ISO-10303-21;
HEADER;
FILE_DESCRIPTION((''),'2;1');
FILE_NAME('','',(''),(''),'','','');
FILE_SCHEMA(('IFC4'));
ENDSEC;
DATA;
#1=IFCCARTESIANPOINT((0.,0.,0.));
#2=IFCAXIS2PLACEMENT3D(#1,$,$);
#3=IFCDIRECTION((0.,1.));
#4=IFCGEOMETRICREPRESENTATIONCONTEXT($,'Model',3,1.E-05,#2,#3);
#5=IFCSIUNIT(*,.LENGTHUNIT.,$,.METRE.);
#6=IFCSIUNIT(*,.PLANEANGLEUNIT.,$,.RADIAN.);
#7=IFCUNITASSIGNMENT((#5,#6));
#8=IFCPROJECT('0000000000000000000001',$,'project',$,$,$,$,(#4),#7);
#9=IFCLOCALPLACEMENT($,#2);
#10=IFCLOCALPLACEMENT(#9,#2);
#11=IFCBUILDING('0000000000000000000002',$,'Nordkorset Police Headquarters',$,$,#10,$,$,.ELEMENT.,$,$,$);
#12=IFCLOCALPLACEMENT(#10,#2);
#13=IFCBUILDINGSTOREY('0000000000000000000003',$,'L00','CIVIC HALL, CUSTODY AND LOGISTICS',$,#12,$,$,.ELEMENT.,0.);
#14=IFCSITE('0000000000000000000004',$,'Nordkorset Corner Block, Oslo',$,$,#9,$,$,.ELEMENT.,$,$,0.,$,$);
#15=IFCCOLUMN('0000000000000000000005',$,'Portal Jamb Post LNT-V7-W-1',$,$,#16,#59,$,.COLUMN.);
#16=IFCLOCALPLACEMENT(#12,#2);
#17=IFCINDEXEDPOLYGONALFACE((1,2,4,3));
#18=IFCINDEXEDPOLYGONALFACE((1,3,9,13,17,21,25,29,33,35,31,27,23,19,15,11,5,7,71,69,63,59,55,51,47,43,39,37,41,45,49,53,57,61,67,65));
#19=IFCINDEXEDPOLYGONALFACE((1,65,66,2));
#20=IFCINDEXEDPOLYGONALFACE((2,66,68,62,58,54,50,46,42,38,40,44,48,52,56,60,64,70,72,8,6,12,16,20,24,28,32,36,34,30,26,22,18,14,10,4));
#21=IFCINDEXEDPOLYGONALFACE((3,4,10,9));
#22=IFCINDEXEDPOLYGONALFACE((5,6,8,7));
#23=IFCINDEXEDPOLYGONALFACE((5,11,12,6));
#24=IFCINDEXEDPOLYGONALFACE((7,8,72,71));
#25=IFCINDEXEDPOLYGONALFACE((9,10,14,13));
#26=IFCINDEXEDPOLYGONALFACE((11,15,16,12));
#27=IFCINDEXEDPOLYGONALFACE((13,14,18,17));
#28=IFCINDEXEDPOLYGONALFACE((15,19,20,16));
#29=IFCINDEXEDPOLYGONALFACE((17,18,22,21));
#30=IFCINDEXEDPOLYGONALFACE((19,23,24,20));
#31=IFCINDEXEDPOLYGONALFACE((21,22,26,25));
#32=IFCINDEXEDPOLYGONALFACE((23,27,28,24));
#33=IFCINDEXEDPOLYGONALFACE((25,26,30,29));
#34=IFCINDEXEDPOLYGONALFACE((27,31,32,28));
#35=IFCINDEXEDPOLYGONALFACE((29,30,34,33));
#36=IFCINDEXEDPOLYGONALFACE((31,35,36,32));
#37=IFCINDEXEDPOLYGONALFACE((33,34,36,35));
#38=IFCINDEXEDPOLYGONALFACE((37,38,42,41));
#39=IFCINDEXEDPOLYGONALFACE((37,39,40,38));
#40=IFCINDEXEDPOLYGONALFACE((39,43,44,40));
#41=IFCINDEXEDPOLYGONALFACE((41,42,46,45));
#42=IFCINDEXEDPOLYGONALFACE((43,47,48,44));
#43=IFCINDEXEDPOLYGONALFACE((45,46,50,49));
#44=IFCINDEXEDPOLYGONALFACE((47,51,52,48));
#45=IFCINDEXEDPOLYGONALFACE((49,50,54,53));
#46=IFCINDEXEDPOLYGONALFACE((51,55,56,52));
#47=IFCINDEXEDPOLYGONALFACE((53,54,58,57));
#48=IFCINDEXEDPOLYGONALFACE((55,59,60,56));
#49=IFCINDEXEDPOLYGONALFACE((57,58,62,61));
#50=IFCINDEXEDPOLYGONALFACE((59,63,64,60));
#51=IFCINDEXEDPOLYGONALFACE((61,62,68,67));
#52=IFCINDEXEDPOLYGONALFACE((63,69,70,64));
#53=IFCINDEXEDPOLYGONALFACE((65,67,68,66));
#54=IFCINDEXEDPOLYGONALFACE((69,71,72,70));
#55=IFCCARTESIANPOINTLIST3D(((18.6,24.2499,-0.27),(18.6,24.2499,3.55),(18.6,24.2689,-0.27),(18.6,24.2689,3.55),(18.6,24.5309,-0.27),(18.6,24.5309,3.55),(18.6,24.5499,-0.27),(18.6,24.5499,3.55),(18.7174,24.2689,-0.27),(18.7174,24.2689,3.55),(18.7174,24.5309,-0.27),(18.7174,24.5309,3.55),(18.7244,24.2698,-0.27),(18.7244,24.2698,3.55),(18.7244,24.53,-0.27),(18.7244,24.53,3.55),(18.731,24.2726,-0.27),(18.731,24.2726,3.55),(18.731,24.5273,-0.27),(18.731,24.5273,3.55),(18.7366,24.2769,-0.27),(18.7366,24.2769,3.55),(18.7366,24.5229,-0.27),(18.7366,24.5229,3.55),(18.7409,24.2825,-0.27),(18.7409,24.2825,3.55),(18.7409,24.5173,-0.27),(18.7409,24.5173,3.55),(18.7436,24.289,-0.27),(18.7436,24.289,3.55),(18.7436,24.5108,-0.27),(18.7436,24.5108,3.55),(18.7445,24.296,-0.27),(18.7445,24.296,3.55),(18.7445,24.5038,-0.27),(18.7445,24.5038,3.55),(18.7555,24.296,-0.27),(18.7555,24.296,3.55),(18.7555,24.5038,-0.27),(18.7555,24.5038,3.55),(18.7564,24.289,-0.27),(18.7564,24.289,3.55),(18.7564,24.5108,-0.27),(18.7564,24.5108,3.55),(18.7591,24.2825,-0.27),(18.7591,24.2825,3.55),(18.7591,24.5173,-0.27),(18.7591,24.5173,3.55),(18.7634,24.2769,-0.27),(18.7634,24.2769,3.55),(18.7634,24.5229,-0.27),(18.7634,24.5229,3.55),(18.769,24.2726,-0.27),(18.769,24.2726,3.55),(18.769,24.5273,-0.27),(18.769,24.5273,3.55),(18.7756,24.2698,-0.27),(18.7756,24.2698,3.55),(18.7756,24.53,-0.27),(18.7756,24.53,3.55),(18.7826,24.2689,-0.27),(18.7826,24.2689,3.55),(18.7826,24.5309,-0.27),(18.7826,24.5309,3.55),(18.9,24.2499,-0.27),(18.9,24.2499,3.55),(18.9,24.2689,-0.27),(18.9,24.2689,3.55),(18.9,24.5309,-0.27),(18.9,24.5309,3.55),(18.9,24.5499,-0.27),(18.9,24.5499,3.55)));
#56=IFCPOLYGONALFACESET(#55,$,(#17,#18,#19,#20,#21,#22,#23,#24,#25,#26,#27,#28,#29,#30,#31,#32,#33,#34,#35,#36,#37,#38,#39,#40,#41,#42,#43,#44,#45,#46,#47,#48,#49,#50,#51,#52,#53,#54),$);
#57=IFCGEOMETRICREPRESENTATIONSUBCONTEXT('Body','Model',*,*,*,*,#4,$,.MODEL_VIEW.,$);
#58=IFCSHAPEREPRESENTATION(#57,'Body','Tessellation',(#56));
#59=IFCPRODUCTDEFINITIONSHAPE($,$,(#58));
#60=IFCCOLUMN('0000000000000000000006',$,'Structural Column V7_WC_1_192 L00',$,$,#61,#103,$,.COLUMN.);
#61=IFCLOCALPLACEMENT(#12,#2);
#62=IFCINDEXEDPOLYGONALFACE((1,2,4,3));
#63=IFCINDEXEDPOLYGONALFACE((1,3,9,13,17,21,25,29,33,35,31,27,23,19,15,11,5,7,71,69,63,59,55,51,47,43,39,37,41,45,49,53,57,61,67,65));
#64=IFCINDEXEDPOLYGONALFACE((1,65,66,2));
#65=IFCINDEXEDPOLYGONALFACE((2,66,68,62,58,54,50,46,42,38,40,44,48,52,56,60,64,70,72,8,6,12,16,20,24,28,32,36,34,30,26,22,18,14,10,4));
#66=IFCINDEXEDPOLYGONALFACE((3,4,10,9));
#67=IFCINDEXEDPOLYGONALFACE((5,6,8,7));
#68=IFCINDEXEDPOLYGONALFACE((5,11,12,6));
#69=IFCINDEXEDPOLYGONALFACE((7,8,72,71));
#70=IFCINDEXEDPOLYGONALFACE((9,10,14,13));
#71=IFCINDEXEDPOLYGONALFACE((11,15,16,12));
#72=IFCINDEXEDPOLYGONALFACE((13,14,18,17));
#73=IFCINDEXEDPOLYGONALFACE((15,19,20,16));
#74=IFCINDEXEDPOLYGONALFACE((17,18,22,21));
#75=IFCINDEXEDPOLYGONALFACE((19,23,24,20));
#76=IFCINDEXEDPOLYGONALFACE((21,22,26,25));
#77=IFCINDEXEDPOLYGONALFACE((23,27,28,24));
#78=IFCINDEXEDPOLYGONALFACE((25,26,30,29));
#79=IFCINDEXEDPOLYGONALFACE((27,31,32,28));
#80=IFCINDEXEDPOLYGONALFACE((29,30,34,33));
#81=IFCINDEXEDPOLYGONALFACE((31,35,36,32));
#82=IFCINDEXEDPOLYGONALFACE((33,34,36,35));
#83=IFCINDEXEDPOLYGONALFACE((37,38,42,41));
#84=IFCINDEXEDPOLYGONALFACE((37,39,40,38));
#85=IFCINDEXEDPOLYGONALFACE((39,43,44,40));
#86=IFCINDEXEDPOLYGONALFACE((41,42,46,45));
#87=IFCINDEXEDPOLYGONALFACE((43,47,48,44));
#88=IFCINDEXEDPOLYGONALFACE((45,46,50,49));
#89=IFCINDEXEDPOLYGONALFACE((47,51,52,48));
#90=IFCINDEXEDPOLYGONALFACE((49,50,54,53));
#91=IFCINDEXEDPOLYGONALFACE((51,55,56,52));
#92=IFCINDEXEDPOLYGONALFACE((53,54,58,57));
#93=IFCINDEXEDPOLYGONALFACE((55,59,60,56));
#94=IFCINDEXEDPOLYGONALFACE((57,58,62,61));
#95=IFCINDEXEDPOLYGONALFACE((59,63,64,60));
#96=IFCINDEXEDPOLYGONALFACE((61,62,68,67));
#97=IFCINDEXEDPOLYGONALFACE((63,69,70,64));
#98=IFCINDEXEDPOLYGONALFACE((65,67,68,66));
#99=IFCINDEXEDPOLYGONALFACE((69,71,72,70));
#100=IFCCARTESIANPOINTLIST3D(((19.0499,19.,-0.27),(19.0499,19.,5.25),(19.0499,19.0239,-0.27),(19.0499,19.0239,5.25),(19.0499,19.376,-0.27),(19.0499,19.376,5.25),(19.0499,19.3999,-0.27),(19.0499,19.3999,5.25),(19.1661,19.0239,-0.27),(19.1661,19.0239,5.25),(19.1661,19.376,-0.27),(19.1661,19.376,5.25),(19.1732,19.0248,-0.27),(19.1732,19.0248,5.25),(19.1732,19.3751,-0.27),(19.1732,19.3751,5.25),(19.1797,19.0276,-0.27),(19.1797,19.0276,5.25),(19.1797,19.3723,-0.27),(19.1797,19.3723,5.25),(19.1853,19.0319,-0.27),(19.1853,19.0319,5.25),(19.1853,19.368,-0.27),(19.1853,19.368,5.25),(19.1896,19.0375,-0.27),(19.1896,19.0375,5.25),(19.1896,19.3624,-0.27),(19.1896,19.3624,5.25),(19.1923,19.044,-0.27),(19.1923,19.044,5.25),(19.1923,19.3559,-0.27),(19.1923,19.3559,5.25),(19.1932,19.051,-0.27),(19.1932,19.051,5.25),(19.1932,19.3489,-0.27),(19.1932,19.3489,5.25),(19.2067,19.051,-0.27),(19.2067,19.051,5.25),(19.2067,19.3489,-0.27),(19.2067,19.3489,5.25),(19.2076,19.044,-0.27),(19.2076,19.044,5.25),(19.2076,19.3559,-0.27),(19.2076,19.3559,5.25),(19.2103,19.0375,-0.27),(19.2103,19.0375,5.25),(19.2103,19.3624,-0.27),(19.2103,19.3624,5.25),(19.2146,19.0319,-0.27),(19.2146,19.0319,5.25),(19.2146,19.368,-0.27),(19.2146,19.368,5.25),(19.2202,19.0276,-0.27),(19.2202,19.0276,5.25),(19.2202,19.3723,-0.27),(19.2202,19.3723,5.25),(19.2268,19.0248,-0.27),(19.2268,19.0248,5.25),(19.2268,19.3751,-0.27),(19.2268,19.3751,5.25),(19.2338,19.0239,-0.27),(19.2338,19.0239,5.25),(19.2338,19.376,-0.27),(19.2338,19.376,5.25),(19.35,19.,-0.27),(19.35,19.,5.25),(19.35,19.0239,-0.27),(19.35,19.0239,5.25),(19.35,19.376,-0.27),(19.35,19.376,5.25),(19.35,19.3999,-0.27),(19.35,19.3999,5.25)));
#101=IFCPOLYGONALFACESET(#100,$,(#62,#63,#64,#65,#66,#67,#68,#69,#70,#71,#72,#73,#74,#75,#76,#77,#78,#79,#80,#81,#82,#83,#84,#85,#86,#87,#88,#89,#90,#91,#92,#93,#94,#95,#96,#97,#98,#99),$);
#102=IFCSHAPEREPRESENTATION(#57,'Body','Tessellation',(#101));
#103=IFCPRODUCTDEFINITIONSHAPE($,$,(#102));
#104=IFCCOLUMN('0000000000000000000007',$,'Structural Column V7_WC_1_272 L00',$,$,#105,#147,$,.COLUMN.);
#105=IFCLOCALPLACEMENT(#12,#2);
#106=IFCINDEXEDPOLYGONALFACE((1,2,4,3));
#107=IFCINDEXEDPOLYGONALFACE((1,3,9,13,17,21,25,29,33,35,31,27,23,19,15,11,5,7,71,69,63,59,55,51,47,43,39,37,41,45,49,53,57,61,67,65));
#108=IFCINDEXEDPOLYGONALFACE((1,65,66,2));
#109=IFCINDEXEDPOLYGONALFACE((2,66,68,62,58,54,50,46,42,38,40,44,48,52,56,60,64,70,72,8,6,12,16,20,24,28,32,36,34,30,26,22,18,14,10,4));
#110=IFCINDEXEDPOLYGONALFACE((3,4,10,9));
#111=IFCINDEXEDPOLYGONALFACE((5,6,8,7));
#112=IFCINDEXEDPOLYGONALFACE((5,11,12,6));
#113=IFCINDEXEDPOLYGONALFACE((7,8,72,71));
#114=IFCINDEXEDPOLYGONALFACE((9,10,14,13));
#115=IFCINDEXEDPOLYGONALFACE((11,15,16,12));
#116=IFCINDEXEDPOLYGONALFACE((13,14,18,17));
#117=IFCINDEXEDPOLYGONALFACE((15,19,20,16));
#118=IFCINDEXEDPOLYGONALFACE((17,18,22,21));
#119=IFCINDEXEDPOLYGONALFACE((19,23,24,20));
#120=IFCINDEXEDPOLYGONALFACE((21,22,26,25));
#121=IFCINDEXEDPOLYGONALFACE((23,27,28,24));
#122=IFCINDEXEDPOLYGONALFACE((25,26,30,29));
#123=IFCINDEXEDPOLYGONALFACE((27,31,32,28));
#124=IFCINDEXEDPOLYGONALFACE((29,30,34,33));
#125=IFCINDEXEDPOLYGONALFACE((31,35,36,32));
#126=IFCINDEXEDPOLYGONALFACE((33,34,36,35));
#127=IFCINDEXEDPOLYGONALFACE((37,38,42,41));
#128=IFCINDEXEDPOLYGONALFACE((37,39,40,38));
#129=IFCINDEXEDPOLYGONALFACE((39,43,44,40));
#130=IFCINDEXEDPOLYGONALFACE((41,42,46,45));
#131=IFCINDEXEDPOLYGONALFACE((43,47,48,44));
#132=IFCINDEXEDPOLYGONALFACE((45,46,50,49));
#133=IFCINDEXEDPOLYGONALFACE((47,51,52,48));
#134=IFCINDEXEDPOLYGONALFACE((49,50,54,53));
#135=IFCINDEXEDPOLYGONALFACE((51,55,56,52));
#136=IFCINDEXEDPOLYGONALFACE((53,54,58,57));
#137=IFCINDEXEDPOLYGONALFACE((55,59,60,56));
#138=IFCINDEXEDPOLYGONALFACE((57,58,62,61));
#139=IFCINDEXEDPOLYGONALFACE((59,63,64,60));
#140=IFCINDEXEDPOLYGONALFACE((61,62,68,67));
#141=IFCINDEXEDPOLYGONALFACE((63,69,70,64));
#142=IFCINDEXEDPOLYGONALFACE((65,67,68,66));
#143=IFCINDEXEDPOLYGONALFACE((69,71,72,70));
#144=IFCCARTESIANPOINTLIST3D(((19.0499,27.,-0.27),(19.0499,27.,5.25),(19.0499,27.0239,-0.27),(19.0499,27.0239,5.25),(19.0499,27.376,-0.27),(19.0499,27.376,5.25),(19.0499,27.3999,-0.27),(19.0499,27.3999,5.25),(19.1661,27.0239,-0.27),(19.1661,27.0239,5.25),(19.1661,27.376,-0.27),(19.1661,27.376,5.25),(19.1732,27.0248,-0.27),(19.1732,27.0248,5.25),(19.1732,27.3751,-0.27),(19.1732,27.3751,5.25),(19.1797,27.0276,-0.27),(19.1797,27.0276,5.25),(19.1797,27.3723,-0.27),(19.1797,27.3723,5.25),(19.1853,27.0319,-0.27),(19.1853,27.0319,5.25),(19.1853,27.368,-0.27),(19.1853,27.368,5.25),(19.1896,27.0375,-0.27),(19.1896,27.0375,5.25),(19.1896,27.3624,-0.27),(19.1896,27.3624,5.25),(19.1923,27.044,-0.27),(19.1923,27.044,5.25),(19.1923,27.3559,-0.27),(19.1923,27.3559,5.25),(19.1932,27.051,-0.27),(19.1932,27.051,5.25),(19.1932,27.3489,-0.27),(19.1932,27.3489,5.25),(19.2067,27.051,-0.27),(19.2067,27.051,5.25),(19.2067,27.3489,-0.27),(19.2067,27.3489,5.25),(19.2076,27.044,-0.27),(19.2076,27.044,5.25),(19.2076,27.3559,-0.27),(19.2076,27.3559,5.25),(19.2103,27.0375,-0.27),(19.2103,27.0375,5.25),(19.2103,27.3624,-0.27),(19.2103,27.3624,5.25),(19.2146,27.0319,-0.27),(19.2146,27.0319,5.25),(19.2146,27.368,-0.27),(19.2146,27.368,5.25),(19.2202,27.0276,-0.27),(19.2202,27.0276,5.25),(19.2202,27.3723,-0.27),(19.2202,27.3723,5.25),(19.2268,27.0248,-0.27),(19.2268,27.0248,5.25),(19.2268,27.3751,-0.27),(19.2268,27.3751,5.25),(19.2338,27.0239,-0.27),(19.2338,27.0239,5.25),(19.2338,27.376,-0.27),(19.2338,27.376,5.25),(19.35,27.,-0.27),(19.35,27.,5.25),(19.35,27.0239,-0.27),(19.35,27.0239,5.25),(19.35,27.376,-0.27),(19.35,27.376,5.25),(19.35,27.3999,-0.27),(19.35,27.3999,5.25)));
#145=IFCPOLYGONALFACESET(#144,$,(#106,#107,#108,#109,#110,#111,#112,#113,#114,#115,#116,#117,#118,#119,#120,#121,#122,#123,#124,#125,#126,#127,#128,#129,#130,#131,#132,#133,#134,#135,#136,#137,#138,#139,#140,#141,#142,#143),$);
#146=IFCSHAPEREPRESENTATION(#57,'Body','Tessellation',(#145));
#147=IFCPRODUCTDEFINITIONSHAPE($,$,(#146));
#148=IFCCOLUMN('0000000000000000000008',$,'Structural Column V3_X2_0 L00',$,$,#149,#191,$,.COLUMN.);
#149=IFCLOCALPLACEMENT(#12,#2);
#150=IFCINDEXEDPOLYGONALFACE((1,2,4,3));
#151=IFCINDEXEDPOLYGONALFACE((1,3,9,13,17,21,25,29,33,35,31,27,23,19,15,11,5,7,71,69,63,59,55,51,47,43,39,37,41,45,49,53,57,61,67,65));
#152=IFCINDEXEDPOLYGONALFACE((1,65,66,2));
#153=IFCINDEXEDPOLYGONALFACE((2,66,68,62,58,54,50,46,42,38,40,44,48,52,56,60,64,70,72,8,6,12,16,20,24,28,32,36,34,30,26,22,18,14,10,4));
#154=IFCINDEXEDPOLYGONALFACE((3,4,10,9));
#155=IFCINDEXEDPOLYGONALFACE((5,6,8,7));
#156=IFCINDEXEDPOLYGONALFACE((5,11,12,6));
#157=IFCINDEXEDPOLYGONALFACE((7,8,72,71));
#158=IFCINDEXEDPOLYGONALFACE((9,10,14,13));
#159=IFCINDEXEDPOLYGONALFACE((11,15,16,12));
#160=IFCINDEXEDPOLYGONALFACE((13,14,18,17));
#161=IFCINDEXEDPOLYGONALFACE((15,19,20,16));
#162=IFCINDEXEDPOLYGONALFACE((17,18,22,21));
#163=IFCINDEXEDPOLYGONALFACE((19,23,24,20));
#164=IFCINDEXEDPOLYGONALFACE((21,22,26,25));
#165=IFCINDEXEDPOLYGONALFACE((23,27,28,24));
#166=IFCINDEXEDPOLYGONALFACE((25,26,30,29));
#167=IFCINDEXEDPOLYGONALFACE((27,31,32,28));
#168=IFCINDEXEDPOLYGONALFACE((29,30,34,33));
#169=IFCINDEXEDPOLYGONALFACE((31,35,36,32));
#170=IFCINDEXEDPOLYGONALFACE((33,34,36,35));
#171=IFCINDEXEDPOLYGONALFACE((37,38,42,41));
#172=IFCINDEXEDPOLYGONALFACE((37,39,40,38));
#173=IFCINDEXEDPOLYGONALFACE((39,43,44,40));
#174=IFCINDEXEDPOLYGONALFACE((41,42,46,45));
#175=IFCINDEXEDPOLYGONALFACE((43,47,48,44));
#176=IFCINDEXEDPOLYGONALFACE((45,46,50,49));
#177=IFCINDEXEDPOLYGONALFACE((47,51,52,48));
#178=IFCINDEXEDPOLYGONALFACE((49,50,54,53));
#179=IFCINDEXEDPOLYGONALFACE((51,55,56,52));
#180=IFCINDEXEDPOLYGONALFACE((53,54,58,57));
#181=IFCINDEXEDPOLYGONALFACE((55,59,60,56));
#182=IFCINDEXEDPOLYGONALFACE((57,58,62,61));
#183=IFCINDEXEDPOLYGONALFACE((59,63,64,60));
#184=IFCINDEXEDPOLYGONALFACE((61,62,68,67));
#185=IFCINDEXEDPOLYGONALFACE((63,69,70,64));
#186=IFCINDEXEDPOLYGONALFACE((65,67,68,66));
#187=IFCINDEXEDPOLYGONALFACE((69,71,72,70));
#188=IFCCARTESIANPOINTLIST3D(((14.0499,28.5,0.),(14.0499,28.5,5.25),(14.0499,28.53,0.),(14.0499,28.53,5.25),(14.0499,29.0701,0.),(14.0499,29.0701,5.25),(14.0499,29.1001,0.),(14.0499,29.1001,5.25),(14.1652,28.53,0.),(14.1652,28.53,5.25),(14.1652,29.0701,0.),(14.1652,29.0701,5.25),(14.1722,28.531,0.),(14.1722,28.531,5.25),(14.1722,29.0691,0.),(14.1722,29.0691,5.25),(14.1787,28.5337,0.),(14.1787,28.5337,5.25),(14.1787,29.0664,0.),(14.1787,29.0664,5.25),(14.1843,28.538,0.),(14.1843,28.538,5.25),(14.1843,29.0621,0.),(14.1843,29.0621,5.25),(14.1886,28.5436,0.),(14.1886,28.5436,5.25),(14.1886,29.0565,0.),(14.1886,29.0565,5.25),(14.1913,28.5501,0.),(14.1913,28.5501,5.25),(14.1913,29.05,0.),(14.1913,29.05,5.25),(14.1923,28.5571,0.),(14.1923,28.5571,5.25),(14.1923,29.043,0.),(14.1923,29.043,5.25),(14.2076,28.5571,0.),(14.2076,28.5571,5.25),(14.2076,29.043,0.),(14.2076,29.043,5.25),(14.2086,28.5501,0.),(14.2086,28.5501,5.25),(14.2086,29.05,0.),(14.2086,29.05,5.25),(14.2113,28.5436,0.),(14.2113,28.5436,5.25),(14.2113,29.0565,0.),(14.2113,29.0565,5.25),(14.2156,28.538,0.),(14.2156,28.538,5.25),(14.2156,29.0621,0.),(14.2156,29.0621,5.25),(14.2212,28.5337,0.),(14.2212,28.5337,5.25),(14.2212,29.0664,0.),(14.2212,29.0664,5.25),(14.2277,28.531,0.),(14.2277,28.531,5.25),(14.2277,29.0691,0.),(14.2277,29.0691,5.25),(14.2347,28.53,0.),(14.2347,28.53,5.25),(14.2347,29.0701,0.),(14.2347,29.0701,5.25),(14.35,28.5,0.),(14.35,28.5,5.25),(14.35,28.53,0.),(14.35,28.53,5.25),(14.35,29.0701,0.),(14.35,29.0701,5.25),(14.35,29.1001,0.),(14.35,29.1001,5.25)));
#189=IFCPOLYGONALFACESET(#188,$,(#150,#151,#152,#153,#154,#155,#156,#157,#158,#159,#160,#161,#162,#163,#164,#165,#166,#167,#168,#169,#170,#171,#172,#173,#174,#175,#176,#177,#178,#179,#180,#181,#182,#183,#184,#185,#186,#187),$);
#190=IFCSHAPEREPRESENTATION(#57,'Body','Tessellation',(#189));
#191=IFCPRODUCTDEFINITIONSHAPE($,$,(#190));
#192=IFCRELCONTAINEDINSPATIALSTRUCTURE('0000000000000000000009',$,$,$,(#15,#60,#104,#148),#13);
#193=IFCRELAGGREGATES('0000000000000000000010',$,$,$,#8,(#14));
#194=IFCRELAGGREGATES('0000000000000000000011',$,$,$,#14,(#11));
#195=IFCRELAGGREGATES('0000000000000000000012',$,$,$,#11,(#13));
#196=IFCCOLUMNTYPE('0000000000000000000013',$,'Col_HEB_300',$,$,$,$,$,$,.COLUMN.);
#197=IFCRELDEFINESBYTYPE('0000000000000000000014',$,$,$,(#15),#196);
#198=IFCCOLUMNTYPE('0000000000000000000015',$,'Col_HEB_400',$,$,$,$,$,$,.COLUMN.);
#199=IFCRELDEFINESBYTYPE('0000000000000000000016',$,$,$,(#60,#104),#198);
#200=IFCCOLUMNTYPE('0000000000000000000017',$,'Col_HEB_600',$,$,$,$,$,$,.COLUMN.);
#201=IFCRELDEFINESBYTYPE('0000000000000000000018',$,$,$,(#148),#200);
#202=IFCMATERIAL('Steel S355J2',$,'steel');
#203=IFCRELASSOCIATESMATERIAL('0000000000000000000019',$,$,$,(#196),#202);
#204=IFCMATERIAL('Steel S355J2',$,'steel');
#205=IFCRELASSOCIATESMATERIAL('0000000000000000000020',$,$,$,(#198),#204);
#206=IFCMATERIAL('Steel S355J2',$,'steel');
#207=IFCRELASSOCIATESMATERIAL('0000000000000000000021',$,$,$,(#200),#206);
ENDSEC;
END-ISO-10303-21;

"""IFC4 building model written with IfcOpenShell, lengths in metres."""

from ifc_helpers import new_model, si_unit, direction, frame, origin, origin_2d, place, context, subcontext, project, spatial, i_section, extrude, material, material_profile, profile_set, type_object, element, save


model = new_model("IFC4")

# Units and contexts
model_context = context("Model", 3, precision=1e-05, world=origin(), true_north=direction((0.0, 1.0)))
body_context = subcontext(model_context, "Body", "Model", "MODEL_VIEW")
ifc_project = project(units=[si_unit("LENGTHUNIT", "METRE"), si_unit("PLANEANGLEUNIT", "RADIAN")], contexts=[model_context])

# Site, building, storey
site_placement = place(None, origin())
site = spatial("IfcSite", under=ifc_project, at=site_placement, Name="Nordkorset Corner Block, Oslo", CompositionType="ELEMENT", RefElevation=0.0)
building_placement = place(site_placement, origin())
building = spatial("IfcBuilding", under=site, at=building_placement, Name="Nordkorset Police Headquarters", CompositionType="ELEMENT")
storey_placement = place(building_placement, origin())
storey = spatial("IfcBuildingStorey", under=building, at=storey_placement, Name="L00", Description="CIVIC HALL, CUSTODY AND LOGISTICS", CompositionType="ELEMENT", Elevation=0.0)

# Columns
ifc_material_1 = material(Name="Steel S355J2", Category="steel")
ifc_material_profile_1 = material_profile(ifc_material_1, i_section(OverallWidth=0.3, OverallDepth=0.3, WebThickness=0.011, FlangeThickness=0.019, FilletRadius=0.0271, at=origin_2d()), Name="HEB 300")
ifc_profile_set_1 = profile_set([ifc_material_profile_1], Name="Steel S355J2")
column_type_1 = type_object("IfcColumnType", Name="Col_HEB_300", PredefinedType="COLUMN", material=ifc_profile_set_1)
for number, where, z_axis, x_axis, name in (
    (1, (18.75, 24.3999, -0.27), (0.0, 0.0, 1.0), (1.0, 0.0, 0.0), "Portal Jamb Post LNT-V7-W-1"),
):
    element("IfcColumn", number, at=place(storey_placement, frame(where, z_axis=z_axis, x_axis=x_axis)), inside=storey, type_object=column_type_1, Name=name, PredefinedType="COLUMN", context=body_context, shape_type="SweptSolid", body=[
        extrude(i_section(OverallWidth=0.3, OverallDepth=0.3, WebThickness=0.011, FlangeThickness=0.019, FilletRadius=0.0271, at=origin_2d()), origin(), (0.0, 0.0, 1.0), 3.8201),
    ])
ifc_material_2 = material(Name="Steel S355J2", Category="steel")
ifc_material_profile_2 = material_profile(ifc_material_2, i_section(OverallWidth=0.3, OverallDepth=0.3999, WebThickness=0.0134, FlangeThickness=0.0239, FilletRadius=0.0271, at=origin_2d()), Name="HEB 400")
ifc_profile_set_2 = profile_set([ifc_material_profile_2], Name="Steel S355J2")
column_type_2 = type_object("IfcColumnType", Name="Col_HEB_400", PredefinedType="COLUMN", material=ifc_profile_set_2)
for number, where, z_axis, x_axis, name in (
    (2, (19.2, 19.2, -0.27), (0.0, 0.0, 1.0), (1.0, 0.0, 0.0), "Structural Column V7_WC_1_192 L00"),
    (3, (19.2, 27.2, -0.27), (0.0, 0.0, 1.0), (1.0, 0.0, 0.0), "Structural Column V7_WC_1_272 L00"),
):
    element("IfcColumn", number, at=place(storey_placement, frame(where, z_axis=z_axis, x_axis=x_axis)), inside=storey, type_object=column_type_2, Name=name, PredefinedType="COLUMN", context=body_context, shape_type="SweptSolid", body=[
        extrude(i_section(OverallWidth=0.3, OverallDepth=0.3999, WebThickness=0.0134, FlangeThickness=0.0239, FilletRadius=0.0271, at=origin_2d()), origin(), (0.0, 0.0, 1.0), 5.52),
    ])
ifc_material_3 = material(Name="Steel S355J2", Category="steel")
ifc_material_profile_3 = material_profile(ifc_material_3, i_section(OverallWidth=0.3, OverallDepth=0.6001, WebThickness=0.0154, FlangeThickness=0.03, FilletRadius=0.0271, at=origin_2d()), Name="HEB 600")
ifc_profile_set_3 = profile_set([ifc_material_profile_3], Name="Steel S355J2")
column_type_3 = type_object("IfcColumnType", Name="Col_HEB_600", PredefinedType="COLUMN", material=ifc_profile_set_3)
column_placement = place(storey_placement, frame((14.2, 28.8, 0.0), z_axis=(0.0, 0.0, 1.0), x_axis=(1.0, 0.0, 0.0)))
element("IfcColumn", 4, at=column_placement, inside=storey, type_object=column_type_3, Name="Structural Column V3_X2_0 L00", PredefinedType="COLUMN", context=body_context, shape_type="SweptSolid", body=[
    extrude(i_section(OverallWidth=0.3, OverallDepth=0.6001, WebThickness=0.0154, FlangeThickness=0.03, FilletRadius=0.0271, at=origin_2d()), origin(), (0.0, 0.0, 1.0), 5.25),
])

save(model, "model.ifc")
